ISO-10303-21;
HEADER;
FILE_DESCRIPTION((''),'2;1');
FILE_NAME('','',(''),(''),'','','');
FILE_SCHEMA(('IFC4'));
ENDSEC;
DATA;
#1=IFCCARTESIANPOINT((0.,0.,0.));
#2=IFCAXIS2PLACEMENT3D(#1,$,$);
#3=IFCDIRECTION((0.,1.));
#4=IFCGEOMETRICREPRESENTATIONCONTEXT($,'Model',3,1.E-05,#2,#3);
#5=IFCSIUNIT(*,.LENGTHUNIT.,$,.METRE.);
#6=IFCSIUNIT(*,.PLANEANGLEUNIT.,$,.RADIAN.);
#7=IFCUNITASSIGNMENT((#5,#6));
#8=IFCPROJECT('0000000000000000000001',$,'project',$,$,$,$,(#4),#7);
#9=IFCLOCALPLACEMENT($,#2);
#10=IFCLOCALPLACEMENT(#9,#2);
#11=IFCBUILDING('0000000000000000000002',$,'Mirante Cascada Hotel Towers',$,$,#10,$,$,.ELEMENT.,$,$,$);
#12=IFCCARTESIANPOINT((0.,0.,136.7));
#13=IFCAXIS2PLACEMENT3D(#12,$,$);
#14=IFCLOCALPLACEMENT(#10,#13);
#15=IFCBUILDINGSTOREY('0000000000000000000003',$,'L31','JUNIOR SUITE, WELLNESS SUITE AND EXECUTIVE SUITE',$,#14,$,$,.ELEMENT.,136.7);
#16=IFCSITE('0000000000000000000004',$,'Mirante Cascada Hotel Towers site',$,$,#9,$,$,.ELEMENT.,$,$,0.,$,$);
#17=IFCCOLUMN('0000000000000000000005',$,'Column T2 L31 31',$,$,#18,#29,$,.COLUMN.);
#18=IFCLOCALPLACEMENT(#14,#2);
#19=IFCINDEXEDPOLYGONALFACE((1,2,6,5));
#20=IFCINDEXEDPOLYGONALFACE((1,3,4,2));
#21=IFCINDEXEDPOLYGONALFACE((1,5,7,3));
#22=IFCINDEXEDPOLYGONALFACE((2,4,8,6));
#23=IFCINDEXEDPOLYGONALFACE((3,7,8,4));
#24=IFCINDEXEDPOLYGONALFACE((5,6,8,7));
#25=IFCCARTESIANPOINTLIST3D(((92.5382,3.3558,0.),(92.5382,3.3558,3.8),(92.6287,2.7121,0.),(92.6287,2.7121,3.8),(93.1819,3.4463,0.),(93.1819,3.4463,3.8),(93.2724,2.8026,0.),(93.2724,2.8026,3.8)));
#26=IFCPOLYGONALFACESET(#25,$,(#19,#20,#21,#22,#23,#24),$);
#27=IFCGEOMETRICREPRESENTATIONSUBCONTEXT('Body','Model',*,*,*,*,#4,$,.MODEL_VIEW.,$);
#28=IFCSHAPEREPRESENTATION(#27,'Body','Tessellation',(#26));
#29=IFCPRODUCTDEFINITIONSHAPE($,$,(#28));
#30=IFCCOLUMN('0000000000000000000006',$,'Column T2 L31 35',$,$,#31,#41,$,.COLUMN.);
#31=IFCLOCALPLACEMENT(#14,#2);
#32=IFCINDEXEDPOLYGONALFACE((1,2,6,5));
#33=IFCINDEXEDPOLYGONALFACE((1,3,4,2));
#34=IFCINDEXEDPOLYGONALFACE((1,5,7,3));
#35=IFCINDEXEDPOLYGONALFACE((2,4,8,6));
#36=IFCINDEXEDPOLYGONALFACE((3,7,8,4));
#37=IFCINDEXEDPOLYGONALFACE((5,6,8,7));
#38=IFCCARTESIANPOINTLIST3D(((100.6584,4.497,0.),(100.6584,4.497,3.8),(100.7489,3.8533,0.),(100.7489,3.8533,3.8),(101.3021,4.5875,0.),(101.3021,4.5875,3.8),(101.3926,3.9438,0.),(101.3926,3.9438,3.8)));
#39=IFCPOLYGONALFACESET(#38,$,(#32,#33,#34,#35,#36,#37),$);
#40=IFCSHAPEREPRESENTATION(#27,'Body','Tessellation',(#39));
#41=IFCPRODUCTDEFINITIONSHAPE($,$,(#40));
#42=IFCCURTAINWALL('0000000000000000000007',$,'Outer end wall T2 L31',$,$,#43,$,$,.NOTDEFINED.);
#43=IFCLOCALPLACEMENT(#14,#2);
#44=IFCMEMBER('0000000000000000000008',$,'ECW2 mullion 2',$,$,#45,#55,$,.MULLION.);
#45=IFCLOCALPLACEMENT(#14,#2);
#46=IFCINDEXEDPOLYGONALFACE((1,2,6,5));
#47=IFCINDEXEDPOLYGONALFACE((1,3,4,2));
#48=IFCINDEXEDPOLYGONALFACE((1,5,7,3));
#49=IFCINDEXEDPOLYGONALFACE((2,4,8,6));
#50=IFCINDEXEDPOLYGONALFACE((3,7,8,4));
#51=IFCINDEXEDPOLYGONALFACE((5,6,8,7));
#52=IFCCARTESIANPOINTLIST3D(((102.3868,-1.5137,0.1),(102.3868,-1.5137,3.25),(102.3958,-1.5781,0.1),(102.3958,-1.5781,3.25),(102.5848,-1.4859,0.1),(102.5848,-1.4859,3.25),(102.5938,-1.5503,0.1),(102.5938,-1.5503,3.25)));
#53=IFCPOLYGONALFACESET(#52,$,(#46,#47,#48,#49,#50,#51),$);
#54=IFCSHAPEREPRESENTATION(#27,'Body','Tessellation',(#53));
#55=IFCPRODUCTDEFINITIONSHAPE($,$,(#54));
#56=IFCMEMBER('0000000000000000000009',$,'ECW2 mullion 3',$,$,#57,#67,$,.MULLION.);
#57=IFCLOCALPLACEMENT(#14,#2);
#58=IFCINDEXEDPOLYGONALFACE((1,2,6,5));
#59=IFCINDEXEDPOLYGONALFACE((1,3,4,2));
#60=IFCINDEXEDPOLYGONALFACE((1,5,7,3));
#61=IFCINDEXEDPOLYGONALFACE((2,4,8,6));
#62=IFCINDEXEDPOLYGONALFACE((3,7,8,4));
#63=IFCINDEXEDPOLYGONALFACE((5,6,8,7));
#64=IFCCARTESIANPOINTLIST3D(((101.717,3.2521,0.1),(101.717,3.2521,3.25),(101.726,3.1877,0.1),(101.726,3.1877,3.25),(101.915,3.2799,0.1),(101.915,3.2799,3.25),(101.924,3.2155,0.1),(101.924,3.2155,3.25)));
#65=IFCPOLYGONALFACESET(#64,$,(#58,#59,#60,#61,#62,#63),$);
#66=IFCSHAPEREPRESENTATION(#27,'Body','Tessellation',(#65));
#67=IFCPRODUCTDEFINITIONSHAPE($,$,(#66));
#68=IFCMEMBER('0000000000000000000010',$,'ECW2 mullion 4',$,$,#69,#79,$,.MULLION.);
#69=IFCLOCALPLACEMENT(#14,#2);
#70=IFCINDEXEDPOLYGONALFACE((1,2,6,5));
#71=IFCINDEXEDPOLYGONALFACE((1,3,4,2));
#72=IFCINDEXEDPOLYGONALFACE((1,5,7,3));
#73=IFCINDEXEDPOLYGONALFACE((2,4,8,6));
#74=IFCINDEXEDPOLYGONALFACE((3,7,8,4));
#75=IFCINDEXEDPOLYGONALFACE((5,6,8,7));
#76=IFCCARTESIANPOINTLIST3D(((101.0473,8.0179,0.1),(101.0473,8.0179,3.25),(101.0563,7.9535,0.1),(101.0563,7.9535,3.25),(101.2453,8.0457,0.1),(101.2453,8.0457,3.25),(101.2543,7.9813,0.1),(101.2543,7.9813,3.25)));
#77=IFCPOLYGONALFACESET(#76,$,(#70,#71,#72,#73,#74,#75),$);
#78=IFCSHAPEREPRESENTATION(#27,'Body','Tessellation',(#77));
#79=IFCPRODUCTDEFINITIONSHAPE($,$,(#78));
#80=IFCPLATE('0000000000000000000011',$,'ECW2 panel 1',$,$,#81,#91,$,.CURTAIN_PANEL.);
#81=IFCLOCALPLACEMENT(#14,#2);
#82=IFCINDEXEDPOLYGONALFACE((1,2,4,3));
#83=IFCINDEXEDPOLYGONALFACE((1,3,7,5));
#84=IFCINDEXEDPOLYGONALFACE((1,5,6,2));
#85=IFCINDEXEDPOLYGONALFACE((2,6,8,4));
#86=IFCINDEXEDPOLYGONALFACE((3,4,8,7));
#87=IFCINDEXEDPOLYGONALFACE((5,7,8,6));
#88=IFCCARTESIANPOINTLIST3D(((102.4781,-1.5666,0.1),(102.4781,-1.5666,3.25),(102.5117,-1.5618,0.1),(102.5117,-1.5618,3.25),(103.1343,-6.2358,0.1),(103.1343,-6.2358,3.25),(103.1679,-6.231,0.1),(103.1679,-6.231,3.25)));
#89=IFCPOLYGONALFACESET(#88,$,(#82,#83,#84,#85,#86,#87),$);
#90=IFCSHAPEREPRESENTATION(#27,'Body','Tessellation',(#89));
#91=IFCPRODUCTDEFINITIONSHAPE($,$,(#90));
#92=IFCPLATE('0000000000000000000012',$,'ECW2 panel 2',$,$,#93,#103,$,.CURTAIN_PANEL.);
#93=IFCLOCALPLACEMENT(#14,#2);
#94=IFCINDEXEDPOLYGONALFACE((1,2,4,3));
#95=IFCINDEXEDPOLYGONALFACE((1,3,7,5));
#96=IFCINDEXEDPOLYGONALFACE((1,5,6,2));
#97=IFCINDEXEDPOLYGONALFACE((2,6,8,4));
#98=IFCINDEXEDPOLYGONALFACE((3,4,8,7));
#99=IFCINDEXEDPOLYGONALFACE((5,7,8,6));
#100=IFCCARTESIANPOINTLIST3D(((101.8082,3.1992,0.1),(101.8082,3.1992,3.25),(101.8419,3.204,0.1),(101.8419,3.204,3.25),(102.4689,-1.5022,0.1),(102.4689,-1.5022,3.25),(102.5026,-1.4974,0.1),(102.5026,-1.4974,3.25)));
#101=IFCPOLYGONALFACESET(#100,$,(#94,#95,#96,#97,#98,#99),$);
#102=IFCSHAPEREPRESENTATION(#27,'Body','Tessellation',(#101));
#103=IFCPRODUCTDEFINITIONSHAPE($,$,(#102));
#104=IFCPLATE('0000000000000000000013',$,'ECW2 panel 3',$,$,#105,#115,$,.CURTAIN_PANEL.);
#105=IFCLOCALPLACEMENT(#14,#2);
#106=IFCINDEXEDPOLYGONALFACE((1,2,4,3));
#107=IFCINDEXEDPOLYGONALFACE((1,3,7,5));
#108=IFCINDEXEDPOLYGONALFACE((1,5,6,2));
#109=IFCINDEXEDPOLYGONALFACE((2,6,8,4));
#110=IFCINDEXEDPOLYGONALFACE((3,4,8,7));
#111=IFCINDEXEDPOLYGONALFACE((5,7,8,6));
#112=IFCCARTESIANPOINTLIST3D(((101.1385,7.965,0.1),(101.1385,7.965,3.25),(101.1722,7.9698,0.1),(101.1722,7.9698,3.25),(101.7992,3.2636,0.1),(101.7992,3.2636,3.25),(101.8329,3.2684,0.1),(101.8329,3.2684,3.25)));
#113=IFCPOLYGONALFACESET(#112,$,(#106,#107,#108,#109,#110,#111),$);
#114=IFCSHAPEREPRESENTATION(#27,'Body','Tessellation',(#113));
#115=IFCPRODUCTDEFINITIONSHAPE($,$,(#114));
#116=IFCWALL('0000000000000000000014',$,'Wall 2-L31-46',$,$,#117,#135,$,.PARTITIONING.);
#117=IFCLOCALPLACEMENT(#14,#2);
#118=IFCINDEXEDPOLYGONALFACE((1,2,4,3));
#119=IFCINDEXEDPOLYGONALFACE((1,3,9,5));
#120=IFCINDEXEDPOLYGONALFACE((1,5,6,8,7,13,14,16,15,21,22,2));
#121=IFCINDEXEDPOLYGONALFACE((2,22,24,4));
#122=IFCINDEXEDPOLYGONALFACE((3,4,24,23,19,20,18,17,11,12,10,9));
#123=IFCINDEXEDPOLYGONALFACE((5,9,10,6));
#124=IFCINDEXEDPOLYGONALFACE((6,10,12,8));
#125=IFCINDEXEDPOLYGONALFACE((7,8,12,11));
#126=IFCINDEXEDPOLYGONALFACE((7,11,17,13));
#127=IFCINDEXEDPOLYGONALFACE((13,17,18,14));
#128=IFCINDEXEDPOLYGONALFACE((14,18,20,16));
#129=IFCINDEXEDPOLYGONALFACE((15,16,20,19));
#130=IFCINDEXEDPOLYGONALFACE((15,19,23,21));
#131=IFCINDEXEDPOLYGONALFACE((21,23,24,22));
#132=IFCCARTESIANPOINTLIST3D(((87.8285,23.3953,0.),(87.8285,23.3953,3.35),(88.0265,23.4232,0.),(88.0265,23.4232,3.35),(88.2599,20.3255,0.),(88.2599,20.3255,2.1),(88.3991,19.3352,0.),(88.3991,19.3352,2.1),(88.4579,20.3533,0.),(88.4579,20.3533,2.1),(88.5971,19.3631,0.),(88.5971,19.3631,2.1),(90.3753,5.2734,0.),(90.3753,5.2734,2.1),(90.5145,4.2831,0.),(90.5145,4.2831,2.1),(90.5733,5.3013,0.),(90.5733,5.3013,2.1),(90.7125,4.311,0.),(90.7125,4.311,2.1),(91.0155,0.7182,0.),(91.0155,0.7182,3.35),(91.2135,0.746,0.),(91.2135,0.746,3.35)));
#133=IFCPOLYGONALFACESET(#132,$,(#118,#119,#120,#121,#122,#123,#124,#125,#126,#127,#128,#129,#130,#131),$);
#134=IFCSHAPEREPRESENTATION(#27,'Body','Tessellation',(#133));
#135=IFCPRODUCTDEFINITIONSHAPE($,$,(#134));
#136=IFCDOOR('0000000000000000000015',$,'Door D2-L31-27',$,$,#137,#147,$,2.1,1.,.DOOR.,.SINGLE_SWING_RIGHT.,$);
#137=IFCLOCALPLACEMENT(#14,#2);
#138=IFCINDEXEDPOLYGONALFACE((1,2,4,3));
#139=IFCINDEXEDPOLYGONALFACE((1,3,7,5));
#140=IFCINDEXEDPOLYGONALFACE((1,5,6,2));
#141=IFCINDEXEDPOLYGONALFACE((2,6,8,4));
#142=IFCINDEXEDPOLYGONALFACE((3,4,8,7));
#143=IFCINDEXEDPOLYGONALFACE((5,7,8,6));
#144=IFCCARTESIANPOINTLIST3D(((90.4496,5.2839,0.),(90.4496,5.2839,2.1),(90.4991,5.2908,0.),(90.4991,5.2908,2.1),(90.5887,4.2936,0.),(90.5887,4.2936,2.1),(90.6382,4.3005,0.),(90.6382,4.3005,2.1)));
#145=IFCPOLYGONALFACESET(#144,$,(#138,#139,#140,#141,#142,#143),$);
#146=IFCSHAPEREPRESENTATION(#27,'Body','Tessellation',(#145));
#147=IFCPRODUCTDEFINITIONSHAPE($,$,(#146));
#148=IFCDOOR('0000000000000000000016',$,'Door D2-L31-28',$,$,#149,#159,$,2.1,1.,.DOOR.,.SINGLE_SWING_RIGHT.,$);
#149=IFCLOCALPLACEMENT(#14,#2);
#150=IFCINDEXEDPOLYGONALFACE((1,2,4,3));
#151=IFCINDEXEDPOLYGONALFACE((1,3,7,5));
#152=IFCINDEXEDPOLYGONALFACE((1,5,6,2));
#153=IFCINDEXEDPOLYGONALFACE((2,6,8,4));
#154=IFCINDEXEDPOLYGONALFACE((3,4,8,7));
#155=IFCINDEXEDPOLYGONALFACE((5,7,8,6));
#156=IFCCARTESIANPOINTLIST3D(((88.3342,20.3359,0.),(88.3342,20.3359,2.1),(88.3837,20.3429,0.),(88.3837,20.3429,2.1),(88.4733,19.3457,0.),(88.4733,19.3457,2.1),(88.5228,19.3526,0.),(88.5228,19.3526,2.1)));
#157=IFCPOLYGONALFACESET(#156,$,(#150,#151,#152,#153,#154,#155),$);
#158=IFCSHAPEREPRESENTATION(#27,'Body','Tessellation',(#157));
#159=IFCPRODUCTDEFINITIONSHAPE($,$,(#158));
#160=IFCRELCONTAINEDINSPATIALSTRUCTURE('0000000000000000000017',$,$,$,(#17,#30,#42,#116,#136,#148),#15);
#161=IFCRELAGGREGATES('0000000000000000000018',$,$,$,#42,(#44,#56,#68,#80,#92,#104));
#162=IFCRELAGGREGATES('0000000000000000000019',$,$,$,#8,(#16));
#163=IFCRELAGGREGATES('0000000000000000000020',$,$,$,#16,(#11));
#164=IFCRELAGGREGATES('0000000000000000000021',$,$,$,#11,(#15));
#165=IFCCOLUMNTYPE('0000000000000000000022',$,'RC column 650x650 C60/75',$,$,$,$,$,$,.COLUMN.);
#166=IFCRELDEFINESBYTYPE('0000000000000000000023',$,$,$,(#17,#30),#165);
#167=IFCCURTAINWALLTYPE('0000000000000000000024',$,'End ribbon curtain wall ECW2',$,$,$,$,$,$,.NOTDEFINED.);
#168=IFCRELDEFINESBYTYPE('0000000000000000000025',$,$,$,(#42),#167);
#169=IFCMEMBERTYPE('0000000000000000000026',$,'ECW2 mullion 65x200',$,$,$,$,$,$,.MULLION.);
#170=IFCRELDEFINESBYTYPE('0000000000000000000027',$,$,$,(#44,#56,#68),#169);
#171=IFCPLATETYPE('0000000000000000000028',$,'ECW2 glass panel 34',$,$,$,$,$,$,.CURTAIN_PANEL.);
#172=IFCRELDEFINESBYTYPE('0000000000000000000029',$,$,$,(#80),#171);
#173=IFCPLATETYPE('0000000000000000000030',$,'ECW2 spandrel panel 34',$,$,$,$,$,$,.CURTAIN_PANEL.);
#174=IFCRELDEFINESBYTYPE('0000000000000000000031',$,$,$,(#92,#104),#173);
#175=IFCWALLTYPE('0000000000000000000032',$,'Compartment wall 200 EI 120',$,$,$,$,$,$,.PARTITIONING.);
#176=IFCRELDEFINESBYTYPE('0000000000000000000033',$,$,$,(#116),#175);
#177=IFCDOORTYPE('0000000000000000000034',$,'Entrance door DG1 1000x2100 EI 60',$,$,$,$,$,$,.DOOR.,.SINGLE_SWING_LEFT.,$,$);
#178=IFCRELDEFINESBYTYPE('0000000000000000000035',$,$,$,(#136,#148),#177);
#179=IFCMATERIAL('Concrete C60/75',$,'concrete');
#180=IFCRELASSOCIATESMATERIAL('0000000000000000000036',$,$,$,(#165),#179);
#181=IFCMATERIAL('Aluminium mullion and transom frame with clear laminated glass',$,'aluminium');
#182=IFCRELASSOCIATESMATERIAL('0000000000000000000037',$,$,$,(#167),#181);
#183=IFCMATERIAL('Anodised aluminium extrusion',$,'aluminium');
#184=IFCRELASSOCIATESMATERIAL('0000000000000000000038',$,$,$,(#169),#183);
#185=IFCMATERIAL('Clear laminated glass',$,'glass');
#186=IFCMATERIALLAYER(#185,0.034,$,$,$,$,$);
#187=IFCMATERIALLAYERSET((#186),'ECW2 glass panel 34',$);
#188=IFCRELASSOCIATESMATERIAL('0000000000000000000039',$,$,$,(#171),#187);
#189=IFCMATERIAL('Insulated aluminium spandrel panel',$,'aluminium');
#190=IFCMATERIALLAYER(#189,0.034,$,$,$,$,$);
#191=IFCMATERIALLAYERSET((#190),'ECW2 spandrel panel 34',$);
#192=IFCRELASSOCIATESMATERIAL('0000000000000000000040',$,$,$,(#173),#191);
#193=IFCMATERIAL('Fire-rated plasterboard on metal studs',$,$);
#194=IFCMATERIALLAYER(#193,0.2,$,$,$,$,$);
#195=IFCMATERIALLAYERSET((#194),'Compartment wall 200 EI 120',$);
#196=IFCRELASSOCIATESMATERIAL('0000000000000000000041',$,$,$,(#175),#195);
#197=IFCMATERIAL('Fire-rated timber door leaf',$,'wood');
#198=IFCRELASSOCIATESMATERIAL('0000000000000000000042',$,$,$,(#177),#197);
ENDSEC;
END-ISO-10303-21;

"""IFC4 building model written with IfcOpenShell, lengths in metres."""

from ifc_helpers import new_model, si_unit, direction, frame, frame_2d, origin, origin_2d, place, context, subcontext, project, spatial, rectangle, extrude, material, layer, layer_set, material_profile, profile_set, type_object, element, fill, aggregate, save


model = new_model("IFC4")

# Units and contexts
model_context = context("Model", 3, precision=1e-05, world=origin(), true_north=direction((0.0, 1.0)))
body_context = subcontext(model_context, "Body", "Model", "MODEL_VIEW")
ifc_project = project(units=[si_unit("LENGTHUNIT", "METRE"), si_unit("PLANEANGLEUNIT", "RADIAN")], contexts=[model_context])

# Site, building, storey
site_placement = place(None, origin())
site = spatial("IfcSite", under=ifc_project, at=site_placement, Name="Mirante Cascada Hotel Towers site", CompositionType="ELEMENT", RefElevation=0.0)
building_placement = place(site_placement, origin())
building = spatial("IfcBuilding", under=site, at=building_placement, Name="Mirante Cascada Hotel Towers", CompositionType="ELEMENT")
storey_placement = place(building_placement, frame((0.0, 0.0, 136.7)))
storey = spatial("IfcBuildingStorey", under=building, at=storey_placement, Name="L31", Description="JUNIOR SUITE, WELLNESS SUITE AND EXECUTIVE SUITE", CompositionType="ELEMENT", Elevation=136.7)

# Columns
ifc_material_1 = material(Name="Concrete C60/75", Category="concrete")
ifc_material_profile_1 = material_profile(ifc_material_1, rectangle(XDim=0.65, YDim=0.65, at=origin_2d()), Name="RC column 650x650 C60/75")
ifc_profile_set_1 = profile_set([ifc_material_profile_1], Name="Concrete C60/75")
column_type = type_object("IfcColumnType", Name="RC column 650x650 C60/75", PredefinedType="COLUMN", material=ifc_profile_set_1)
for number, where, z_axis, x_axis, name in (
    (1, (92.9053, 3.0792, 0.0), (0.0, 0.0, 1.0), (0.990268, 0.139173, 0.0), "Column T2 L31 31"),
    (2, (101.0255, 4.2204, 0.0), (0.0, 0.0, 1.0), (0.990268, 0.139173, 0.0), "Column T2 L31 35"),
):
    element("IfcColumn", number, at=place(storey_placement, frame(where, z_axis=z_axis, x_axis=x_axis)), inside=storey, type_object=column_type, Name=name, PredefinedType="COLUMN", context=body_context, shape_type="SweptSolid", body=[
        extrude(rectangle(XDim=0.65, YDim=0.65, at=origin_2d()), origin(), (0.0, 0.0, 1.0), 3.8),
    ])

# Curtain wall, members, plates
ifc_material_2 = material(Name="Aluminium mullion and transom frame with clear laminated glass", Category="aluminium")
curtain_wall_type = type_object("IfcCurtainWallType", Name="End ribbon curtain wall ECW2", PredefinedType="NOTDEFINED", material=ifc_material_2)
curtain_wall_placement = place(storey_placement, origin())
curtain_wall = element("IfcCurtainWall", 3, at=curtain_wall_placement, inside=storey, type_object=curtain_wall_type, Name="Outer end wall T2 L31", PredefinedType="NOTDEFINED")
ifc_material_3 = material(Name="Anodised aluminium extrusion", Category="aluminium")
ifc_material_profile_2 = material_profile(ifc_material_3, rectangle(XDim=0.2, YDim=0.065, at=origin_2d()), Name="ECW2 MULLION 65x200")
ifc_profile_set_2 = profile_set([ifc_material_profile_2], Name="Anodised aluminium extrusion")
member_type = type_object("IfcMemberType", Name="ECW2 mullion 65x200", PredefinedType="MULLION", material=ifc_profile_set_2)
member_1_placement = place(storey_placement, frame((102.4903, -1.532, 0.1), z_axis=(0.0, 0.0, 1.0), x_axis=(-0.990268, -0.139173, 0.0)))
member_1 = element("IfcMember", 4, at=member_1_placement, type_object=member_type, Name="ECW2 mullion 2", PredefinedType="MULLION", context=body_context, shape_type="SweptSolid", body=[
    extrude(rectangle(XDim=0.2, YDim=0.065, at=origin_2d()), origin(), (0.0, 0.0, 1.0), 3.15),
])
member_2_placement = place(storey_placement, frame((101.8205, 3.2338, 0.1), z_axis=(0.0, 0.0, 1.0), x_axis=(-0.990268, -0.139173, 0.0)))
member_2 = element("IfcMember", 5, at=member_2_placement, type_object=member_type, Name="ECW2 mullion 3", PredefinedType="MULLION", context=body_context, shape_type="SweptSolid", body=[
    extrude(rectangle(XDim=0.2, YDim=0.065, at=origin_2d()), origin(), (0.0, 0.0, 1.0), 3.15),
])
member_3_placement = place(storey_placement, frame((101.1508, 7.9996, 0.1), z_axis=(0.0, 0.0, 1.0), x_axis=(-0.990268, -0.139173, 0.0)))
member_3 = element("IfcMember", 6, at=member_3_placement, type_object=member_type, Name="ECW2 mullion 4", PredefinedType="MULLION", context=body_context, shape_type="SweptSolid", body=[
    extrude(rectangle(XDim=0.2, YDim=0.065, at=origin_2d()), origin(), (0.0, 0.0, 1.0), 3.15),
])
ifc_material_4 = material(Name="Clear laminated glass", Category="glass")
ifc_layer_1 = layer(ifc_material_4, 0.034)
ifc_layer_set_1 = layer_set([ifc_layer_1], Name="ECW2 glass panel 34")
plate_type_1 = type_object("IfcPlateType", Name="ECW2 glass panel 34", PredefinedType="CURTAIN_PANEL", material=ifc_layer_set_1)
plate_1_placement = place(storey_placement, frame((102.823, -3.8988, 0.1), z_axis=(0.0, 0.0, 1.0), x_axis=(-0.139173, 0.990268, 0.0)))
plate_1 = element("IfcPlate", 7, at=plate_1_placement, type_object=plate_type_1, Name="ECW2 panel 1", PredefinedType="CURTAIN_PANEL", context=body_context, shape_type="SweptSolid", body=[
    extrude(rectangle(XDim=4.7151, YDim=0.034, at=origin_2d()), origin(), (0.0, 0.0, 1.0), 3.15),
])
ifc_material_5 = material(Name="Insulated aluminium spandrel panel", Category="aluminium")
ifc_layer_2 = layer(ifc_material_5, 0.034)
ifc_layer_set_2 = layer_set([ifc_layer_2], Name="ECW2 spandrel panel 34")
plate_type_2 = type_object("IfcPlateType", Name="ECW2 spandrel panel 34", PredefinedType="CURTAIN_PANEL", material=ifc_layer_set_2)
plate_2_placement = place(storey_placement, frame((102.1554, 0.8509, 0.1), z_axis=(0.0, 0.0, 1.0), x_axis=(-0.139173, 0.990268, 0.0)))
plate_2 = element("IfcPlate", 8, at=plate_2_placement, type_object=plate_type_2, Name="ECW2 panel 2", PredefinedType="CURTAIN_PANEL", context=body_context, shape_type="SweptSolid", body=[
    extrude(rectangle(XDim=4.7476, YDim=0.034, at=origin_2d()), origin(), (0.0, 0.0, 1.0), 3.15),
])
plate_3_placement = place(storey_placement, frame((101.4857, 5.6167, 0.1), z_axis=(0.0, 0.0, 1.0), x_axis=(-0.139173, 0.990268, 0.0)))
plate_3 = element("IfcPlate", 9, at=plate_3_placement, type_object=plate_type_2, Name="ECW2 panel 3", PredefinedType="CURTAIN_PANEL", context=body_context, shape_type="SweptSolid", body=[
    extrude(rectangle(XDim=4.7476, YDim=0.034, at=origin_2d()), origin(), (0.0, 0.0, 1.0), 3.15),
])
aggregate(curtain_wall, [member_1, member_2, member_3, plate_1, plate_2, plate_3])

# Wall, openings, doors
ifc_material_6 = material(Name="Fire-rated plasterboard on metal studs")
ifc_layer_3 = layer(ifc_material_6, 0.2)
ifc_layer_set_3 = layer_set([ifc_layer_3], Name="Compartment wall 200 EI 120")
wall_type_1 = type_object("IfcWallType", Name="Compartment wall 200 EI 120", PredefinedType="PARTITIONING", material=ifc_layer_set_3)
wall_1_placement = place(storey_placement, frame((91.1145, 0.7321, 0.0), z_axis=(0.0, 0.0, 1.0), x_axis=(-0.139171, 0.990268, 0.0)))
wall_1 = element("IfcWall", 10, at=wall_1_placement, inside=storey, type_object=wall_type_1, Name="Wall 2-L31-46", PredefinedType="PARTITIONING", context=body_context, shape_type="SweptSolid", body=[
    extrude(rectangle(XDim=22.9, YDim=0.2, at=frame_2d((11.45, 0.0))), origin(), (0.0, 0.0, 1.0), 3.35),
])
opening_1_placement = place(wall_1_placement, frame((3.6, 0.0, 0.0)))
opening_1 = element("IfcOpeningElement", 11, at=opening_1_placement, cuts=wall_1, PredefinedType="OPENING", context=body_context, shape_type="SweptSolid", body=[
    extrude(rectangle(XDim=1.0, YDim=2.1, at=frame_2d((0.5, 1.05))), frame((0.0, 0.1, 0.0), z_axis=(0.0, -1.0, 0.0), x_axis=(1.0, 0.0, 0.0)), (0.0, 0.0, 1.0), 0.2),
])
opening_2_placement = place(wall_1_placement, frame((18.8, 0.0, 0.0)))
opening_2 = element("IfcOpeningElement", 12, at=opening_2_placement, cuts=wall_1, PredefinedType="OPENING", context=body_context, shape_type="SweptSolid", body=[
    extrude(rectangle(XDim=1.0, YDim=2.1, at=frame_2d((0.5, 1.05))), frame((0.0, 0.1, 0.0), z_axis=(0.0, -1.0, 0.0), x_axis=(1.0, 0.0, 0.0)), (0.0, 0.0, 1.0), 0.2),
])
ifc_material_7 = material(Name="Fire-rated timber door leaf", Category="wood")
door_type_1 = type_object("IfcDoorType", Name="Entrance door DG1 1000x2100 EI 60", OperationType="SINGLE_SWING_LEFT", PredefinedType="DOOR", material=ifc_material_7)
door_1_placement = place(opening_1_placement, frame((1.0, 0.0, 0.0), z_axis=(0.0, 0.0, 1.0), x_axis=(-1.0, 0.0, 0.0)))
door_1 = element("IfcDoor", 13, at=door_1_placement, inside=storey, type_object=door_type_1, Name="Door D2-L31-27", OperationType="SINGLE_SWING_RIGHT", OverallHeight=2.1, OverallWidth=1.0, PredefinedType="DOOR", context=body_context, shape_type="SweptSolid", body=[
    extrude(rectangle(XDim=1.0, YDim=2.1, at=frame_2d((0.5, 1.05))), frame((0.0, 0.025, 0.0), z_axis=(0.0, -1.0, 0.0), x_axis=(1.0, 0.0, 0.0)), (0.0, 0.0, 1.0), 0.05),
])
fill(opening_1, door_1)
door_2_placement = place(opening_2_placement, frame((1.0, 0.0, 0.0), z_axis=(0.0, 0.0, 1.0), x_axis=(-1.0, 0.0, 0.0)))
door_2 = element("IfcDoor", 14, at=door_2_placement, inside=storey, type_object=door_type_1, Name="Door D2-L31-28", OperationType="SINGLE_SWING_RIGHT", OverallHeight=2.1, OverallWidth=1.0, PredefinedType="DOOR", context=body_context, shape_type="SweptSolid", body=[
    extrude(rectangle(XDim=1.0, YDim=2.1, at=frame_2d((0.5, 1.05))), frame((0.0, 0.025, 0.0), z_axis=(0.0, -1.0, 0.0), x_axis=(1.0, 0.0, 0.0)), (0.0, 0.0, 1.0), 0.05),
])
fill(opening_2, door_2)

save(model, "model.ifc")
